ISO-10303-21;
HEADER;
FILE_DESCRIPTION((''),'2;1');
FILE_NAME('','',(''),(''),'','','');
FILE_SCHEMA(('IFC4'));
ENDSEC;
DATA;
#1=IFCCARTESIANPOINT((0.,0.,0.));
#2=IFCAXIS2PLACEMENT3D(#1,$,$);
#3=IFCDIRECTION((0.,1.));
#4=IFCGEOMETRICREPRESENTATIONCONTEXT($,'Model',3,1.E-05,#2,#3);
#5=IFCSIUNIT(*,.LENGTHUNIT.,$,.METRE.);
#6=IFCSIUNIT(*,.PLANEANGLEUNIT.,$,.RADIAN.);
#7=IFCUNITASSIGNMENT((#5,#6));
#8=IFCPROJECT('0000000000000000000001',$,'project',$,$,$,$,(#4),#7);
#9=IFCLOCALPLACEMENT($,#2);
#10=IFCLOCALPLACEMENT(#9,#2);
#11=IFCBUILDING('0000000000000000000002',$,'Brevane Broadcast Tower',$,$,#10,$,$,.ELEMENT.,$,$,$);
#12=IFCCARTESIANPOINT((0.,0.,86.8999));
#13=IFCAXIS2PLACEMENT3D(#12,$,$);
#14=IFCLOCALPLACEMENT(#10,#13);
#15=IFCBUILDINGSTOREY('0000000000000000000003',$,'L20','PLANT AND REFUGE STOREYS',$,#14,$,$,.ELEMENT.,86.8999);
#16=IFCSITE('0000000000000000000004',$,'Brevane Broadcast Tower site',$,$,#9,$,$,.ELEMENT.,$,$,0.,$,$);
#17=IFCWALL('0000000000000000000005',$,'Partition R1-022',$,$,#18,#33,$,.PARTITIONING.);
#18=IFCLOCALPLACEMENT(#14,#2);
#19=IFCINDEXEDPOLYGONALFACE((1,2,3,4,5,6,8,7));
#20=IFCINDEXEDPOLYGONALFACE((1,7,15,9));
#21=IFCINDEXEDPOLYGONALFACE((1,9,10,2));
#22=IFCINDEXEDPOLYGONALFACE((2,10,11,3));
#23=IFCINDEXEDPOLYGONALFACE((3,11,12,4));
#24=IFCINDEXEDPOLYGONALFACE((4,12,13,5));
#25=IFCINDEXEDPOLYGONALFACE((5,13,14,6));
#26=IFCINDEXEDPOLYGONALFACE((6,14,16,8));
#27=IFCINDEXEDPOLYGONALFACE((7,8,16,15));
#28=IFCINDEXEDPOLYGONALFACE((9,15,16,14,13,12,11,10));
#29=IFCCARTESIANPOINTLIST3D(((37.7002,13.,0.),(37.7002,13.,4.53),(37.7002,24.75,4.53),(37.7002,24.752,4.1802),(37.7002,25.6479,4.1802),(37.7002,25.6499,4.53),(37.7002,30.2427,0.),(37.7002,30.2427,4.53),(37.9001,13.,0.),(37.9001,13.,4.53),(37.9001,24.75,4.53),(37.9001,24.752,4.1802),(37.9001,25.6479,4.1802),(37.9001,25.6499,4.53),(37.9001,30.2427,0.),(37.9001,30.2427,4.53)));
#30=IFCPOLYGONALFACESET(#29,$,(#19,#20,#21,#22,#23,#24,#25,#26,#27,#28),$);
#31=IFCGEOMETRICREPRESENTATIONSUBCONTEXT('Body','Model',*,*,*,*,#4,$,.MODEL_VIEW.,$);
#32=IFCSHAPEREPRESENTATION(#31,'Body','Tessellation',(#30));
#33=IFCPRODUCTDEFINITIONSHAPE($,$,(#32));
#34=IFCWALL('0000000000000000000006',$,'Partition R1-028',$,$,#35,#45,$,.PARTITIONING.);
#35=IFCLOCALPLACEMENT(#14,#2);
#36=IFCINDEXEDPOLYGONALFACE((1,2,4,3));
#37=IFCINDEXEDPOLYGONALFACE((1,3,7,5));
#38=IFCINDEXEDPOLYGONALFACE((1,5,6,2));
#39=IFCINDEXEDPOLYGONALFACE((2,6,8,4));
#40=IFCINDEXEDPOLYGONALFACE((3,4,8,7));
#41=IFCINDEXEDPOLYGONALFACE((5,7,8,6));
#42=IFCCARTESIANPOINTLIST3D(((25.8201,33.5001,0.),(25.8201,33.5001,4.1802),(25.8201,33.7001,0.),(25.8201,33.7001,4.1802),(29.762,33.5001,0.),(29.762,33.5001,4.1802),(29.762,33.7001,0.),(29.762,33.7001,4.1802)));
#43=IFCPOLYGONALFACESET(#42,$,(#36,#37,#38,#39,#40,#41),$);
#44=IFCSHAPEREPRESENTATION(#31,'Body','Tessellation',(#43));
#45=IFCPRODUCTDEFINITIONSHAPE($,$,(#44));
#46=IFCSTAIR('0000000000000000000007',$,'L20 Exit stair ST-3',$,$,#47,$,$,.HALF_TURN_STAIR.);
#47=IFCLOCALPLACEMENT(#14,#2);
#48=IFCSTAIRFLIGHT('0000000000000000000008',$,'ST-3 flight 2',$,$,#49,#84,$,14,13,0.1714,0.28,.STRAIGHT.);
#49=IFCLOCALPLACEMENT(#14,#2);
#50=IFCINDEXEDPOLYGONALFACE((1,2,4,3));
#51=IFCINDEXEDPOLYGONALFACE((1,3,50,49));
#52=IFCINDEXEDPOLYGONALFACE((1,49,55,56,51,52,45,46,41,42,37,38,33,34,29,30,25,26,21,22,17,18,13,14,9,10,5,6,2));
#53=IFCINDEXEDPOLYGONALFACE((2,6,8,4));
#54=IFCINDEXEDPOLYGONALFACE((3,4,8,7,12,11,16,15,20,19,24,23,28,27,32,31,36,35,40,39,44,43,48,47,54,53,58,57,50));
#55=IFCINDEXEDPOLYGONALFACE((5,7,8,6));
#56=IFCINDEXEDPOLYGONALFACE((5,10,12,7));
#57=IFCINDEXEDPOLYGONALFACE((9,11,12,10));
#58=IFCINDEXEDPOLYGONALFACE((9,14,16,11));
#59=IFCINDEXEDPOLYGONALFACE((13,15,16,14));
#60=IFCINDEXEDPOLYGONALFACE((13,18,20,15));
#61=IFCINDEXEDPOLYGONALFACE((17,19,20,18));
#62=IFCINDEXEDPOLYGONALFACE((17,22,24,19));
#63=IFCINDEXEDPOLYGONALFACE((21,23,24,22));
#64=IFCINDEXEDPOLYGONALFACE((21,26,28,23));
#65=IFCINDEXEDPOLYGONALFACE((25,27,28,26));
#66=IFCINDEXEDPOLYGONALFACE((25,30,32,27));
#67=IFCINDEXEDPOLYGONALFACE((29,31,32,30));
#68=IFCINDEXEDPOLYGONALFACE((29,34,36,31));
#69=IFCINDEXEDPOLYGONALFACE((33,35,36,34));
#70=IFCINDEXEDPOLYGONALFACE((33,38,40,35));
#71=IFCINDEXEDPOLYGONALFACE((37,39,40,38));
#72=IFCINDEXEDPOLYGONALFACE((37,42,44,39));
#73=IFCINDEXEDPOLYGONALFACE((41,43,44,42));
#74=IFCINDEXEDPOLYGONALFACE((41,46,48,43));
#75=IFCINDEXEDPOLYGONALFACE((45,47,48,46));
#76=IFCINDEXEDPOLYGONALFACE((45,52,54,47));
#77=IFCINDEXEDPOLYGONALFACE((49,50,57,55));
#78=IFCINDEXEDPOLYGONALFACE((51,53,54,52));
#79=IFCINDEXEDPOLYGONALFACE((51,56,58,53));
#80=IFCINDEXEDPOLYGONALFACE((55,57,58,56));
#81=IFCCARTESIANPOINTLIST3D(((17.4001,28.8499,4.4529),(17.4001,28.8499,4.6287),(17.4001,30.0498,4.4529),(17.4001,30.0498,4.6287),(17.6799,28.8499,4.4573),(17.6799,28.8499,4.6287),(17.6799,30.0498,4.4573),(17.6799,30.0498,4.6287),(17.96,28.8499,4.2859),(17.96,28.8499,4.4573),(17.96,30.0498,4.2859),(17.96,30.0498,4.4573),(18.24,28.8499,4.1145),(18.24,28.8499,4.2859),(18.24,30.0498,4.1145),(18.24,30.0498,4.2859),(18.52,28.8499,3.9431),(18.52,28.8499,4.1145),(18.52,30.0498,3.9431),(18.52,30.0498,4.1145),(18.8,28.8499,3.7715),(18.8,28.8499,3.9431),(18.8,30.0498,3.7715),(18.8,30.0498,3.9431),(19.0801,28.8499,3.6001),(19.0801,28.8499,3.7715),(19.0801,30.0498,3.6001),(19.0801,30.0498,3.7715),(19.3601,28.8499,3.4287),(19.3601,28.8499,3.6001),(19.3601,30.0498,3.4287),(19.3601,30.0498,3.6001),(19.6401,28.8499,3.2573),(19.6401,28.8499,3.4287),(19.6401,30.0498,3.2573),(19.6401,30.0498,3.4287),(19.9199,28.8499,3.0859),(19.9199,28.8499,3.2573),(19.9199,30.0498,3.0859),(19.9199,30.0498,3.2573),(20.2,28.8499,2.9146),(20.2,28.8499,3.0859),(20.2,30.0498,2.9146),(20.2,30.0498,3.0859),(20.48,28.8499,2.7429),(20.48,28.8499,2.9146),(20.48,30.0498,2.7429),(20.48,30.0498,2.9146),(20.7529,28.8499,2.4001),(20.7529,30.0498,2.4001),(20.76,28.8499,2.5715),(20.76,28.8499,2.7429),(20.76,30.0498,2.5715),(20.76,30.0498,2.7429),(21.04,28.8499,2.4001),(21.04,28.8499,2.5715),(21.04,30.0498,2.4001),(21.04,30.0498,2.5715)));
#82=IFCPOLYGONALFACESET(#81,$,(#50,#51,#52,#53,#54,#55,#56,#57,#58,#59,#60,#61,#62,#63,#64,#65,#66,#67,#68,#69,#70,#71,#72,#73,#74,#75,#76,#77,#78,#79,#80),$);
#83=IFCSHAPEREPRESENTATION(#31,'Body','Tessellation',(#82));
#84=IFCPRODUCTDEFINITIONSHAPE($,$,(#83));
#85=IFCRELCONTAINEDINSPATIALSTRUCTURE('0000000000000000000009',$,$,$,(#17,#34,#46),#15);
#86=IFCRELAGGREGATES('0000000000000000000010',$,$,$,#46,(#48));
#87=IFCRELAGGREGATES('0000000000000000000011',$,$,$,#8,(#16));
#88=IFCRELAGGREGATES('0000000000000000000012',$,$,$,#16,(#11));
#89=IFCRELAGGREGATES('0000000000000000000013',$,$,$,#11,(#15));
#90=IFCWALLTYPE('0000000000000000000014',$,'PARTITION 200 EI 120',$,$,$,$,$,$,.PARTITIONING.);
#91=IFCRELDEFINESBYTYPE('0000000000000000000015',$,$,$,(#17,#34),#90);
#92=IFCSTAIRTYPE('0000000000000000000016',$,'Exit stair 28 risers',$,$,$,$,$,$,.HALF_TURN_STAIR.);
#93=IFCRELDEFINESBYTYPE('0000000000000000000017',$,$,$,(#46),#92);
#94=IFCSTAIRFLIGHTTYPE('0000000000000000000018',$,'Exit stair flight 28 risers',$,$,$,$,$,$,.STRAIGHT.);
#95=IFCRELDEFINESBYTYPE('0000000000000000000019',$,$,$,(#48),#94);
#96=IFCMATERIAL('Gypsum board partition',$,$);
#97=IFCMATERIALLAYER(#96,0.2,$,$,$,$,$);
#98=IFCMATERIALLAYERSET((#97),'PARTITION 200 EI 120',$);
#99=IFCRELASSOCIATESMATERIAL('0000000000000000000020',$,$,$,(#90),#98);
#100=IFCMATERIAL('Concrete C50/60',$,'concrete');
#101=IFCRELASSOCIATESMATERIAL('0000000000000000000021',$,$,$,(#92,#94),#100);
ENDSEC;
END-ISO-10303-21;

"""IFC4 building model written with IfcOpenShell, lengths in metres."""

from ifc_helpers import new_model, si_unit, direction, frame, frame_2d, origin, place, context, subcontext, project, spatial, polyline, rectangle, outline, extrude, material, layer, layer_set, type_object, element, aggregate, save


model = new_model("IFC4")

# Units and contexts
model_context = context("Model", 3, precision=1e-05, world=origin(), true_north=direction((0.0, 1.0)))
body_context = subcontext(model_context, "Body", "Model", "MODEL_VIEW")
ifc_project = project(units=[si_unit("LENGTHUNIT", "METRE"), si_unit("PLANEANGLEUNIT", "RADIAN")], contexts=[model_context])

# Site, building, storey
site_placement = place(None, origin())
site = spatial("IfcSite", under=ifc_project, at=site_placement, Name="Brevane Broadcast Tower site", CompositionType="ELEMENT", RefElevation=0.0)
building_placement = place(site_placement, origin())
building = spatial("IfcBuilding", under=site, at=building_placement, Name="Brevane Broadcast Tower", CompositionType="ELEMENT")
storey_placement = place(building_placement, frame((0.0, 0.0, 86.8999)))
storey = spatial("IfcBuildingStorey", under=building, at=storey_placement, Name="L20", Description="PLANT AND REFUGE STOREYS", CompositionType="ELEMENT", Elevation=86.8999)

# Shared definitions
ifc_material_1 = material(Name="Gypsum board partition")
ifc_layer = layer(ifc_material_1, 0.2)
ifc_layer_set = layer_set([ifc_layer], Name="PARTITION 200 EI 120")
wall_type = type_object("IfcWallType", Name="PARTITION 200 EI 120", PredefinedType="PARTITIONING", material=ifc_layer_set)

# Walls
wall_1_placement = place(storey_placement, frame((37.8, 30.2427, 0.0), z_axis=(0.0, 0.0, 1.0), x_axis=(0.0, -1.0, 0.0)))
element("IfcWall", 1, at=wall_1_placement, inside=storey, type_object=wall_type, Name="Partition R1-022", PredefinedType="PARTITIONING", context=body_context, shape_type="SweptSolid", body=[
    extrude(outline(polyline([(0.0, 0.0), (17.2427, 0.0), (17.2427, 4.53), (5.4927, 4.53), (5.4907, 4.1802), (4.5947, 4.1802), (4.5928, 4.53), (0.0, 4.53), (0.0, 0.0)])), frame((0.0, 0.1001, 0.0), z_axis=(0.0, -1.0, 0.0), x_axis=(1.0, 0.0, 0.0)), (0.0, 0.0, 1.0), 0.2),
])
wall_2_placement = place(storey_placement, frame((25.8201, 33.6001, 0.0), z_axis=(0.0, 0.0, 1.0), x_axis=(1.0, 0.0, 0.0)))
element("IfcWall", 2, at=wall_2_placement, inside=storey, type_object=wall_type, Name="Partition R1-028", PredefinedType="PARTITIONING", context=body_context, shape_type="SweptSolid", body=[
    extrude(rectangle(XDim=3.9419, YDim=0.2, at=frame_2d((1.9709, 0.0))), origin(), (0.0, 0.0, 1.0), 4.1802),
])

# Stair, stair flight
ifc_material_2 = material(Name="Concrete C50/60", Category="concrete")
stair_type = type_object("IfcStairType", Name="Exit stair 28 risers", PredefinedType="HALF_TURN_STAIR", material=ifc_material_2)
stair_placement = place(storey_placement, origin())
stair = element("IfcStair", 3, at=stair_placement, inside=storey, type_object=stair_type, Name="L20 Exit stair ST-3", PredefinedType="HALF_TURN_STAIR")
stair_flight_type = type_object("IfcStairFlightType", Name="Exit stair flight 28 risers", PredefinedType="STRAIGHT", material=ifc_material_2)
stair_flight_placement = place(storey_placement, frame((21.04, 29.45, 2.4001), z_axis=(0.0, 0.0, 1.0), x_axis=(-1.0, 0.0, 0.0)))
stair_flight = element("IfcStairFlight", 4, at=stair_flight_placement, type_object=stair_flight_type, Name="ST-3 flight 2", NumberOfRisers=14, NumberOfTreads=13, PredefinedType="STRAIGHT", RiserHeight=0.1714, TreadLength=0.28, context=body_context, shape_type="SweptSolid", body=[
    extrude(outline(polyline([(0.0, 0.0), (0.0, 0.1714), (0.28, 0.1714), (0.28, 0.3428), (0.5601, 0.3428), (0.5601, 0.5144), (0.8401, 0.5144), (0.8401, 0.6858), (1.1201, 0.6858), (1.1201, 0.8572), (1.3999, 0.8572), (1.3999, 1.0286), (1.6799, 1.0286), (1.6799, 1.2), (1.96, 1.2), (1.96, 1.3713), (2.24, 1.3713), (2.24, 1.543), (2.52, 1.543), (2.52, 1.7144), (2.8, 1.7144), (2.8, 1.8857), (3.0801, 1.8857), (3.0801, 2.0571), (3.3601, 2.0571), (3.3601, 2.2285), (3.6399, 2.2285), (3.6399, 2.3999), (3.6399, 2.0527), (0.2871, 0.0), (0.0, 0.0)])), frame((0.0, 0.6001, 0.0), z_axis=(0.0, -1.0, 0.0), x_axis=(1.0, 0.0, 0.0)), (0.0, 0.0, 1.0), 1.2),
])
aggregate(stair, [stair_flight])

save(model, "model.ifc")
